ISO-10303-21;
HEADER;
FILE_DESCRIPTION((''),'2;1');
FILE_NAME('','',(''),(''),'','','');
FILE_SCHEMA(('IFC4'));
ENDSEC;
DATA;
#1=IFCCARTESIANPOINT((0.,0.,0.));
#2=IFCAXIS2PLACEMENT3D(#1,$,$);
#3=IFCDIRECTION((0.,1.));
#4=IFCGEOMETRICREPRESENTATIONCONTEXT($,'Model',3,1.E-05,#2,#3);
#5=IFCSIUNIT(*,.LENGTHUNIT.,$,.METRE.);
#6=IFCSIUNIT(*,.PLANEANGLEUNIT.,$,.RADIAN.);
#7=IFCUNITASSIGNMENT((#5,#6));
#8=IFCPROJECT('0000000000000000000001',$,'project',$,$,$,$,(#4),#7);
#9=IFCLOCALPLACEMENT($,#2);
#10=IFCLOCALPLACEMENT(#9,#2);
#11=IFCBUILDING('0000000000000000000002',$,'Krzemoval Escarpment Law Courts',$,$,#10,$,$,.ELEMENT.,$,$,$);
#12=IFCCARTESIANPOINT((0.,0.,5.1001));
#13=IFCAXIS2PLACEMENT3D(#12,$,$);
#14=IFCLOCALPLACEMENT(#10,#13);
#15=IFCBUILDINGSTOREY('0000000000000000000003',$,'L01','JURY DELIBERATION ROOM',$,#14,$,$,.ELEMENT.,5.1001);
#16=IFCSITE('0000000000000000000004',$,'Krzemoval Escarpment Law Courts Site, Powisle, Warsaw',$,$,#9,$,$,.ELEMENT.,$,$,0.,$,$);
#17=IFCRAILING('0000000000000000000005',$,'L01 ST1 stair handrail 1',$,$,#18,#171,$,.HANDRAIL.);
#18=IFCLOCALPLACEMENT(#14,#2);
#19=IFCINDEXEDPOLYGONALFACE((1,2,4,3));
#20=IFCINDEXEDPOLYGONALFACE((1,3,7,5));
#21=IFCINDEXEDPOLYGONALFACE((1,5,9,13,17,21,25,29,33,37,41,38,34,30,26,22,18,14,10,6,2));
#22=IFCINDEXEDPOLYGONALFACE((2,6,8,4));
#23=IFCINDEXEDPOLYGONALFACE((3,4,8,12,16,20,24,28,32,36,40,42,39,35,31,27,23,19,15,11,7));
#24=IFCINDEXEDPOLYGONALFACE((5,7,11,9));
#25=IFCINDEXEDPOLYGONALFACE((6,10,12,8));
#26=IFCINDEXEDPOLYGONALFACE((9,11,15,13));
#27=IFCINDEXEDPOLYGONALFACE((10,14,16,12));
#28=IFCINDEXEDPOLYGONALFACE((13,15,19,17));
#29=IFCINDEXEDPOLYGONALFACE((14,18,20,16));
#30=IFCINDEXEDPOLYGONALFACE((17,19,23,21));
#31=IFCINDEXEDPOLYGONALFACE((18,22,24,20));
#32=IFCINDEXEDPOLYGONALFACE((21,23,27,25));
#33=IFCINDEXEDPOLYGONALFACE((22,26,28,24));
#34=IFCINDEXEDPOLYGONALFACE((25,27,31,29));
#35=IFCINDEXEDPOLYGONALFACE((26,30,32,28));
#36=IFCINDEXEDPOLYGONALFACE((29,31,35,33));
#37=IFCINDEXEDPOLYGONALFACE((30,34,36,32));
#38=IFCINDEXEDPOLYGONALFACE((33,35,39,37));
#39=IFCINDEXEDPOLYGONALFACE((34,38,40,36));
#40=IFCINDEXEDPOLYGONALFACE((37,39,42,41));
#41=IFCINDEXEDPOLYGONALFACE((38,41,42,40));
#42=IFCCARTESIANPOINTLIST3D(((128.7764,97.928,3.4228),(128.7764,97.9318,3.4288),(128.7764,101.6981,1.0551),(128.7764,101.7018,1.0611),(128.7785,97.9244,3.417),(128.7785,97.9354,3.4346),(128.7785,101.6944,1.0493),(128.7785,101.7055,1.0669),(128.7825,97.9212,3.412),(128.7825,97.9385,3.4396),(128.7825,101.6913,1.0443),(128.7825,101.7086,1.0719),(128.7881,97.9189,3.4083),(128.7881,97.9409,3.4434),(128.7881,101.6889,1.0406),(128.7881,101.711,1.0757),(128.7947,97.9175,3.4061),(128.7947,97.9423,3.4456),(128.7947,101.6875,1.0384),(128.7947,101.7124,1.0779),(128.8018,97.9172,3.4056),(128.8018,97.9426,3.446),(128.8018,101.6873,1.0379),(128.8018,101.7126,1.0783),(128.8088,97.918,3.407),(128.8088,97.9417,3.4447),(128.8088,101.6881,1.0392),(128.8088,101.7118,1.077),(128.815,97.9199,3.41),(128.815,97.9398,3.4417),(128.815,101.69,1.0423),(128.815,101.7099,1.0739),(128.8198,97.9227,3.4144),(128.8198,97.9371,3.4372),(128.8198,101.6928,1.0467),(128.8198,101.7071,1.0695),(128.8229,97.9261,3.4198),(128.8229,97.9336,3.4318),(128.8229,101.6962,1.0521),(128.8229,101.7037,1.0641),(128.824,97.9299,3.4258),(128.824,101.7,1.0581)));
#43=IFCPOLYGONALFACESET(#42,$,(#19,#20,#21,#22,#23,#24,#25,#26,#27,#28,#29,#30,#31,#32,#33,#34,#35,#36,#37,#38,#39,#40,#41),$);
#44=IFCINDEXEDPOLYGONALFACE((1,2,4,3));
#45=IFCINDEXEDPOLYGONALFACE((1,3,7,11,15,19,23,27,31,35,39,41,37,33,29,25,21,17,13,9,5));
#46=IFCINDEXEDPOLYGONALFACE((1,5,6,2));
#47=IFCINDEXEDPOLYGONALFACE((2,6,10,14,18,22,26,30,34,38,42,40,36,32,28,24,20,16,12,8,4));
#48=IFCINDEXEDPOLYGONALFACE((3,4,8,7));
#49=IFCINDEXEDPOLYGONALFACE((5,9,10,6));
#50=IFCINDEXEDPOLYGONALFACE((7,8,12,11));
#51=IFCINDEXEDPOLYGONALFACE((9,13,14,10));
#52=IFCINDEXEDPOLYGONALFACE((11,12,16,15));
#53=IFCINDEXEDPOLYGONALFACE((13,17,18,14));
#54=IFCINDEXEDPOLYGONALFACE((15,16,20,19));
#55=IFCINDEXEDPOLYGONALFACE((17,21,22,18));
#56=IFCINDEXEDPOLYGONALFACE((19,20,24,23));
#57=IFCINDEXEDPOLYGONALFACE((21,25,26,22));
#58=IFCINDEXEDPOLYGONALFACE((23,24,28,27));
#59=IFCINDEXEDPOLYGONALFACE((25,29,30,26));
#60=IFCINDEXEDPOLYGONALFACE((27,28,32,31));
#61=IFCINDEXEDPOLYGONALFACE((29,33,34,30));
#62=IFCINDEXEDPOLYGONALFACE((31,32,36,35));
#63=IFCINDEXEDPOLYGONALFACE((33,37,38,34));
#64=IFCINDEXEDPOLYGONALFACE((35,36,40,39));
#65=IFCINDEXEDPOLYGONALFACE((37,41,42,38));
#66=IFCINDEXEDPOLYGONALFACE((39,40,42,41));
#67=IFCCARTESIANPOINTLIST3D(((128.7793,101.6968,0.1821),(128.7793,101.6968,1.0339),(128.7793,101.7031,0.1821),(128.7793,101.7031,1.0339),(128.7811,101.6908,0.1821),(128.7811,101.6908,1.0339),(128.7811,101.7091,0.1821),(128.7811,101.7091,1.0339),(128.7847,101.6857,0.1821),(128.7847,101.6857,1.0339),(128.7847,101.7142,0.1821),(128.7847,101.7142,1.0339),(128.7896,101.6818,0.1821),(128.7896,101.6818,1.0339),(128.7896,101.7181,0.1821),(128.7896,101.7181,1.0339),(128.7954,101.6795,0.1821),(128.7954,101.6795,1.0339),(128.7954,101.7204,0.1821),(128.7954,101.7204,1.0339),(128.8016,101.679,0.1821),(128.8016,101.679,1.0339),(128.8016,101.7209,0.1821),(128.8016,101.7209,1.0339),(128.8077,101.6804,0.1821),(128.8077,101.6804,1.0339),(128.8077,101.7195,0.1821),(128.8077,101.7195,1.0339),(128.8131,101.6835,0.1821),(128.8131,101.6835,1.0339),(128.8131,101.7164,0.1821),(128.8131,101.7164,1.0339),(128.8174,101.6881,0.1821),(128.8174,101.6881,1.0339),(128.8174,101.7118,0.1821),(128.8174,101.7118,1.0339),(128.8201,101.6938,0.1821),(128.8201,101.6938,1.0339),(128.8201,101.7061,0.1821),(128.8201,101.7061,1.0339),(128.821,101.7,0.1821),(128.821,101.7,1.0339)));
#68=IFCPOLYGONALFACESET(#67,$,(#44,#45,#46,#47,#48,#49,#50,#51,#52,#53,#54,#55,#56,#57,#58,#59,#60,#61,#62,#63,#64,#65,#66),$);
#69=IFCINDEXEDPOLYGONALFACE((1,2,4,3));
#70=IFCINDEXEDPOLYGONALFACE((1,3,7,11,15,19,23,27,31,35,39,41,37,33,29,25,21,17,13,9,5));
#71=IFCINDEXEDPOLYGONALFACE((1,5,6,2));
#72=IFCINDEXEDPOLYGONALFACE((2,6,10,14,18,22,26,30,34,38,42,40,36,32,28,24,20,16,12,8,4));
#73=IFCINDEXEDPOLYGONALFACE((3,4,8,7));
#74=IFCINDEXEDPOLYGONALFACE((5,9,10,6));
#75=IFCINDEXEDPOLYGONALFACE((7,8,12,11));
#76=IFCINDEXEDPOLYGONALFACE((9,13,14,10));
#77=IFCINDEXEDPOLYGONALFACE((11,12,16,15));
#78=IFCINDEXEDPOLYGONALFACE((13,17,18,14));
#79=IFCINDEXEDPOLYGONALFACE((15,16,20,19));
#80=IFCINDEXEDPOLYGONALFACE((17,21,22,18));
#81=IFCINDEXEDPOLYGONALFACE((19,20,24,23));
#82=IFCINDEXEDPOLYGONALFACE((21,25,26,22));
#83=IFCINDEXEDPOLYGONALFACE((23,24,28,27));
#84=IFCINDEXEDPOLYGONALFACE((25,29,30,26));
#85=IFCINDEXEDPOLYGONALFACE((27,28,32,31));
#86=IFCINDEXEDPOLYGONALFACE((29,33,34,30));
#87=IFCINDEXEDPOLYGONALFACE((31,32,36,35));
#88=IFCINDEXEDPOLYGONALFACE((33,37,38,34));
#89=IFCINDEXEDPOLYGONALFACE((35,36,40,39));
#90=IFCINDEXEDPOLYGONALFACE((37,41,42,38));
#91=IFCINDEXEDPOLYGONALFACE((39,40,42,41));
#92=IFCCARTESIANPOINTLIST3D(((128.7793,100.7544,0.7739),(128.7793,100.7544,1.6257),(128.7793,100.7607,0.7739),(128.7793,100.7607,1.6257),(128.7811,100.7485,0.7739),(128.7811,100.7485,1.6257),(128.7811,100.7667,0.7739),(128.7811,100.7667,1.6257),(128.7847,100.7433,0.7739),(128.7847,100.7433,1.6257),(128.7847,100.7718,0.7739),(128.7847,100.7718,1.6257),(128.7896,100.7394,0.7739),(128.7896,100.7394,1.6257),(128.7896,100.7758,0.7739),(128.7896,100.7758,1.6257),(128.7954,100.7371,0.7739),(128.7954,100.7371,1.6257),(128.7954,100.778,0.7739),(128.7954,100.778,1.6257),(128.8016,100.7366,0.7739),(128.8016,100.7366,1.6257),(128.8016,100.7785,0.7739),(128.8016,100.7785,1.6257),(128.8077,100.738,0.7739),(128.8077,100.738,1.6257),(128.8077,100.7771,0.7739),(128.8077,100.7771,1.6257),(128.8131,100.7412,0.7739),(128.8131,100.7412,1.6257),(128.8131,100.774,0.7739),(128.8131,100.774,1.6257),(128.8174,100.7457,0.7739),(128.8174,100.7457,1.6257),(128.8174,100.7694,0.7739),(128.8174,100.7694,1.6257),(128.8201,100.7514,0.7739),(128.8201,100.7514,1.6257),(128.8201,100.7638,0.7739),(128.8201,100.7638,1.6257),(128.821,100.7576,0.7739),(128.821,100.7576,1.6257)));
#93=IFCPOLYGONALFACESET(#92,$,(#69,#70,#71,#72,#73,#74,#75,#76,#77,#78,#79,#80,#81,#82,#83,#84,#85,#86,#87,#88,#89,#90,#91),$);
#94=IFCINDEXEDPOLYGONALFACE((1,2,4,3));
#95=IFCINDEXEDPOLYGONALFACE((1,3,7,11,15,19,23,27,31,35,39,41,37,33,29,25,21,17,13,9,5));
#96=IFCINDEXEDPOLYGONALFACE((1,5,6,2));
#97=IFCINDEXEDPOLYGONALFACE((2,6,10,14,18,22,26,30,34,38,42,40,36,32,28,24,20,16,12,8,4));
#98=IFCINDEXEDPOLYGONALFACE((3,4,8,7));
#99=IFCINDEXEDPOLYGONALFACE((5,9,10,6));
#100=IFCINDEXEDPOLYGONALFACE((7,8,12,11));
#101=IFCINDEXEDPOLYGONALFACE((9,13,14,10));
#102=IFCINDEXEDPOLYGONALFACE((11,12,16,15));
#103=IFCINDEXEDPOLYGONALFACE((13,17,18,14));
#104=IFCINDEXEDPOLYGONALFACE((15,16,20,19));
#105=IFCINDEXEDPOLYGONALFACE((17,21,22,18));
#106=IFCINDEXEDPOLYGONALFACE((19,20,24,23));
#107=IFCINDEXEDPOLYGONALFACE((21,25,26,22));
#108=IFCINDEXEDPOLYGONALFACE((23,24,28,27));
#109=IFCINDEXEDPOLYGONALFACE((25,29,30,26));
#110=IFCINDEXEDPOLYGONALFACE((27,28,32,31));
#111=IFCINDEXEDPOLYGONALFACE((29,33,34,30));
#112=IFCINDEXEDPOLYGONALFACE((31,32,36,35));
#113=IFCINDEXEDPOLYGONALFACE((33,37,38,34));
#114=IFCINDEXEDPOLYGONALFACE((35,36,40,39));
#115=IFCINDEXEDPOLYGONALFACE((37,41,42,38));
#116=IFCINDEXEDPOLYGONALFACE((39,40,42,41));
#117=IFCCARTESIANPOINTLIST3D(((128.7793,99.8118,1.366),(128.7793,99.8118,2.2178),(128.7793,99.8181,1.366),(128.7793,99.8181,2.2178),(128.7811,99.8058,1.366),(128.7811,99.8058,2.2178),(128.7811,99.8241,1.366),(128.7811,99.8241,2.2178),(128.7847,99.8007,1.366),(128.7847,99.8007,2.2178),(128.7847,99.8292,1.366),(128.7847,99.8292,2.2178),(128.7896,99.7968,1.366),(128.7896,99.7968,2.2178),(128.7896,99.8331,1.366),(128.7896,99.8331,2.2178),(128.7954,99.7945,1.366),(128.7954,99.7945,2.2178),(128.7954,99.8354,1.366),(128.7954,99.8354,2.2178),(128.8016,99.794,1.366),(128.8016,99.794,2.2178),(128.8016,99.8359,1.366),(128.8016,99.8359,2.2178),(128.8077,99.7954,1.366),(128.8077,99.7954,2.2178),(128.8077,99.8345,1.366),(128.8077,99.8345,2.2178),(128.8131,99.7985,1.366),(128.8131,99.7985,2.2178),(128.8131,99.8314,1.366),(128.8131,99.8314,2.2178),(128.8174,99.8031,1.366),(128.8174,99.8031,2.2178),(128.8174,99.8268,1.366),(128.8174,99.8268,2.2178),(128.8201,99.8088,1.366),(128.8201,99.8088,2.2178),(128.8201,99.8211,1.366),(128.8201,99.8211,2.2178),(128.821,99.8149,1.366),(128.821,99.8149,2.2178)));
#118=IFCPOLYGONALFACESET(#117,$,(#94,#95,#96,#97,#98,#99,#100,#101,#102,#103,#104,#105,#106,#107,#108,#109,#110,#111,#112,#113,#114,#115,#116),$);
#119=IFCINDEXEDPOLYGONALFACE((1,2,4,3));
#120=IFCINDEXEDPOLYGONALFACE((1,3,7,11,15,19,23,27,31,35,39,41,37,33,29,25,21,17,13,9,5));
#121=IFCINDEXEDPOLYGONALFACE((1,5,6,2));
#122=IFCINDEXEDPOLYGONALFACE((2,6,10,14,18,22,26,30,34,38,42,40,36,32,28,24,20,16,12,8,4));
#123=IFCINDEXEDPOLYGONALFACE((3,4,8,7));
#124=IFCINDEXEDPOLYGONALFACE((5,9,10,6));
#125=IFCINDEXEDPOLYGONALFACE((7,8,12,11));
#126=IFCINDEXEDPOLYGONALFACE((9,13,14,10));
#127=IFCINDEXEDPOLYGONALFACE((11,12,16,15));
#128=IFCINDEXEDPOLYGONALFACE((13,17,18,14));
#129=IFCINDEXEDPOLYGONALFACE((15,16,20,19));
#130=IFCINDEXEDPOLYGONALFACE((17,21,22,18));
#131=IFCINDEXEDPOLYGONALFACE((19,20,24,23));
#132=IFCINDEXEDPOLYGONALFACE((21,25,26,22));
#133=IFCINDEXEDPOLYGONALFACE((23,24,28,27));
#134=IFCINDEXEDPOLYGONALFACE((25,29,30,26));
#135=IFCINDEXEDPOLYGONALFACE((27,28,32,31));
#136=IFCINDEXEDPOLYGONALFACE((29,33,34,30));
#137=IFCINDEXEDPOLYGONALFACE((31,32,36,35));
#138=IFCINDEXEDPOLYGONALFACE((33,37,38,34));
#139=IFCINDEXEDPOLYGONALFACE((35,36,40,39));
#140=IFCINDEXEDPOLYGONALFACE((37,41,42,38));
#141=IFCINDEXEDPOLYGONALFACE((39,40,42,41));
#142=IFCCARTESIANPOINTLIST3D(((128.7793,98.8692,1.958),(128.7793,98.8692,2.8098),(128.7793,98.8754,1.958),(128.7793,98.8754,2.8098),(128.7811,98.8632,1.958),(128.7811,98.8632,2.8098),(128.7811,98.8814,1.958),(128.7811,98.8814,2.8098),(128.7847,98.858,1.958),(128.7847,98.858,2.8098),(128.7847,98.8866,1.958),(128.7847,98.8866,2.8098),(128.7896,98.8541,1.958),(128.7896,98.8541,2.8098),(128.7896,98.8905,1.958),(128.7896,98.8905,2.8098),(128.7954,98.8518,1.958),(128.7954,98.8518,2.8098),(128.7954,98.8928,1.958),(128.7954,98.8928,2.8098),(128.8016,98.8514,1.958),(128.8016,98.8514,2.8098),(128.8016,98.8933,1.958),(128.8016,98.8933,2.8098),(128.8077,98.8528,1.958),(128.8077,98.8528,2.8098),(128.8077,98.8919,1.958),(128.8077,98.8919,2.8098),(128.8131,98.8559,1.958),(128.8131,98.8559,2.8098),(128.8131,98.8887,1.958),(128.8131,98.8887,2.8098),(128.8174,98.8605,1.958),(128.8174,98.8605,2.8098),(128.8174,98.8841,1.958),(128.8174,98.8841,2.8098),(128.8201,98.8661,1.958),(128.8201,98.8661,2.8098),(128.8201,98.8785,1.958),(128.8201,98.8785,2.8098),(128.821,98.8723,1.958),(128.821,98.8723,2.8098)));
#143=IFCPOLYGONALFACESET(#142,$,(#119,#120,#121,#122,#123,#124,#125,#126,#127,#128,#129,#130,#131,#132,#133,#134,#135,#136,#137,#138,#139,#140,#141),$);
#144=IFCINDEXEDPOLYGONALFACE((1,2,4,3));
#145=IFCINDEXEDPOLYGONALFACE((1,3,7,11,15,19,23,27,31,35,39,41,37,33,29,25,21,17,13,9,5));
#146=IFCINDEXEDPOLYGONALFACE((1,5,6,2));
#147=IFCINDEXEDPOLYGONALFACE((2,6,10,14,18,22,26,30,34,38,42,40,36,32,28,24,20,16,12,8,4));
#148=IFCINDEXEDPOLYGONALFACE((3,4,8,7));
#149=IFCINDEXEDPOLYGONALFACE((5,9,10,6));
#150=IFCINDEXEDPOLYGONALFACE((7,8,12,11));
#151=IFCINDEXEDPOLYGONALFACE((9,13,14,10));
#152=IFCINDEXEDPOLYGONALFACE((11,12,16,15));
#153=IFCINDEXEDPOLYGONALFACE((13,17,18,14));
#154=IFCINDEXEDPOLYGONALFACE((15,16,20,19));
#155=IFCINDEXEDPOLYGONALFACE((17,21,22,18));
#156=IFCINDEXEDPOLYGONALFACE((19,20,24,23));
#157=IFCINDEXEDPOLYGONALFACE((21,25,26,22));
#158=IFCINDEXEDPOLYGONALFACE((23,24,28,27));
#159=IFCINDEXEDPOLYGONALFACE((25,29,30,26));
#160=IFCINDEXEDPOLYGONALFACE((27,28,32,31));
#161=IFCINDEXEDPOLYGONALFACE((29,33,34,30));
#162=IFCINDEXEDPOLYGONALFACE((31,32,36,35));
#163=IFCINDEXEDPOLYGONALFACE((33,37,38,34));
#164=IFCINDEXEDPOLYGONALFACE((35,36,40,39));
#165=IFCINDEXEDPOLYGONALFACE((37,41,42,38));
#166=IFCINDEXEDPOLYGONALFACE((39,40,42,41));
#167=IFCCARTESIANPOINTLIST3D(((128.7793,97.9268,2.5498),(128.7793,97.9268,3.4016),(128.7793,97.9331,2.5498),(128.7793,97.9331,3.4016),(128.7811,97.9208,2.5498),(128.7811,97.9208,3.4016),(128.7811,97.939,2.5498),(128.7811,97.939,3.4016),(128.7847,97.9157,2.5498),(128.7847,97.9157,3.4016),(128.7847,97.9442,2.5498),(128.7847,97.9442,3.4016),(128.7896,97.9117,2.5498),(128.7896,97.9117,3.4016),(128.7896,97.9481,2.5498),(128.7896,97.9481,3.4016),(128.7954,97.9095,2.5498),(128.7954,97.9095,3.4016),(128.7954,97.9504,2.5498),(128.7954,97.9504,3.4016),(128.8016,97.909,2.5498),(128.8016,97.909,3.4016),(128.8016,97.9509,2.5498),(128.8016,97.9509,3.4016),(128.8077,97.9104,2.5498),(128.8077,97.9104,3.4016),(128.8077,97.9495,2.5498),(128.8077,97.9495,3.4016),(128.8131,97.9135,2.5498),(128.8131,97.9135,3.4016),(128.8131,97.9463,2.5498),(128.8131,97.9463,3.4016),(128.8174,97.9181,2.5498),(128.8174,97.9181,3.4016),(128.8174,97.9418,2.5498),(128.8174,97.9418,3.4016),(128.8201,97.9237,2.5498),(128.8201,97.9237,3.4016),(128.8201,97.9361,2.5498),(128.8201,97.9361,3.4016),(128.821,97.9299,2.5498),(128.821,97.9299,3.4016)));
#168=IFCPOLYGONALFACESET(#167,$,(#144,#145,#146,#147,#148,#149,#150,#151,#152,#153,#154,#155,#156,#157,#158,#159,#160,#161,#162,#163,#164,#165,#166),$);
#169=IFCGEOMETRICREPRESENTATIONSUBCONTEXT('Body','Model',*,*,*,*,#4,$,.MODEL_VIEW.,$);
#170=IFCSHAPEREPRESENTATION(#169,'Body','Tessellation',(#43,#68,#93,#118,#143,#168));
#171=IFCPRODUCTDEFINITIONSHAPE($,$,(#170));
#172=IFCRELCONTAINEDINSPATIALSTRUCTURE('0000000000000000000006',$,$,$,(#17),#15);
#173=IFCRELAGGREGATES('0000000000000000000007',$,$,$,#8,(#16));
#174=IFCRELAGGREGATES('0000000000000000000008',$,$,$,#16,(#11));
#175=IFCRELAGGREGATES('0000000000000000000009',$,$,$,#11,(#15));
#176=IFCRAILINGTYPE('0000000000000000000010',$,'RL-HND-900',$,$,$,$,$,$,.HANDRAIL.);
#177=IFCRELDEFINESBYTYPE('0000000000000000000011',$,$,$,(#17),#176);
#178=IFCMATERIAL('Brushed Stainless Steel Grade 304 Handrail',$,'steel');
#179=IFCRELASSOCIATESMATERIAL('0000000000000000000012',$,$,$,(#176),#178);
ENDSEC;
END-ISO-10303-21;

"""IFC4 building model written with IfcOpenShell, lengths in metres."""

from ifc_helpers import new_model, si_unit, direction, frame, origin, origin_2d, place, context, subcontext, project, spatial, circle, extrude, material, type_object, element, save


model = new_model("IFC4")

# Units and contexts
model_context = context("Model", 3, precision=1e-05, world=origin(), true_north=direction((0.0, 1.0)))
body_context = subcontext(model_context, "Body", "Model", "MODEL_VIEW")
ifc_project = project(units=[si_unit("LENGTHUNIT", "METRE"), si_unit("PLANEANGLEUNIT", "RADIAN")], contexts=[model_context])

# Site, building, storey
site_placement = place(None, origin())
site = spatial("IfcSite", under=ifc_project, at=site_placement, Name="Krzemoval Escarpment Law Courts Site, Powisle, Warsaw", CompositionType="ELEMENT", RefElevation=0.0)
building_placement = place(site_placement, origin())
building = spatial("IfcBuilding", under=site, at=building_placement, Name="Krzemoval Escarpment Law Courts", CompositionType="ELEMENT")
storey_placement = place(building_placement, frame((0.0, 0.0, 5.1001)))
storey = spatial("IfcBuildingStorey", under=building, at=storey_placement, Name="L01", Description="JURY DELIBERATION ROOM", CompositionType="ELEMENT", Elevation=5.1001)

# Railing
ifc_material_1 = material(Name="Brushed Stainless Steel Grade 304 Handrail", Category="steel")
railing_type_1 = type_object("IfcRailingType", Name="RL-HND-900", PredefinedType="HANDRAIL", material=ifc_material_1)
railing_1_placement = place(storey_placement, frame((128.8, 101.7, 0.1821)))
element("IfcRailing", 1, at=railing_1_placement, inside=storey, type_object=railing_type_1, Name="L01 ST1 stair handrail 1", PredefinedType="HANDRAIL", context=body_context, shape_type="SweptSolid", body=[
    extrude(circle(Radius=0.0239, at=origin_2d()), frame((0.0, 0.0, 0.876), z_axis=(0.0, -0.846844, 0.531841), x_axis=(1.0, 0.0, 0.0)), (0.0, 0.0, 1.0), 4.4519),
    extrude(circle(Radius=0.021, at=origin_2d()), origin(), (0.0, 0.0, 1.0), 0.8518),
    extrude(circle(Radius=0.021, at=origin_2d()), frame((0.0, -0.9424, 0.5918)), (0.0, 0.0, 1.0), 0.8518),
    extrude(circle(Radius=0.021, at=origin_2d()), frame((0.0, -1.885, 1.1838)), (0.0, 0.0, 1.0), 0.8518),
    extrude(circle(Radius=0.021, at=origin_2d()), frame((0.0, -2.8276, 1.7759)), (0.0, 0.0, 1.0), 0.8518),
    extrude(circle(Radius=0.021, at=origin_2d()), frame((0.0, -3.77, 2.3677)), (0.0, 0.0, 1.0), 0.8518),
])

save(model, "model.ifc")
